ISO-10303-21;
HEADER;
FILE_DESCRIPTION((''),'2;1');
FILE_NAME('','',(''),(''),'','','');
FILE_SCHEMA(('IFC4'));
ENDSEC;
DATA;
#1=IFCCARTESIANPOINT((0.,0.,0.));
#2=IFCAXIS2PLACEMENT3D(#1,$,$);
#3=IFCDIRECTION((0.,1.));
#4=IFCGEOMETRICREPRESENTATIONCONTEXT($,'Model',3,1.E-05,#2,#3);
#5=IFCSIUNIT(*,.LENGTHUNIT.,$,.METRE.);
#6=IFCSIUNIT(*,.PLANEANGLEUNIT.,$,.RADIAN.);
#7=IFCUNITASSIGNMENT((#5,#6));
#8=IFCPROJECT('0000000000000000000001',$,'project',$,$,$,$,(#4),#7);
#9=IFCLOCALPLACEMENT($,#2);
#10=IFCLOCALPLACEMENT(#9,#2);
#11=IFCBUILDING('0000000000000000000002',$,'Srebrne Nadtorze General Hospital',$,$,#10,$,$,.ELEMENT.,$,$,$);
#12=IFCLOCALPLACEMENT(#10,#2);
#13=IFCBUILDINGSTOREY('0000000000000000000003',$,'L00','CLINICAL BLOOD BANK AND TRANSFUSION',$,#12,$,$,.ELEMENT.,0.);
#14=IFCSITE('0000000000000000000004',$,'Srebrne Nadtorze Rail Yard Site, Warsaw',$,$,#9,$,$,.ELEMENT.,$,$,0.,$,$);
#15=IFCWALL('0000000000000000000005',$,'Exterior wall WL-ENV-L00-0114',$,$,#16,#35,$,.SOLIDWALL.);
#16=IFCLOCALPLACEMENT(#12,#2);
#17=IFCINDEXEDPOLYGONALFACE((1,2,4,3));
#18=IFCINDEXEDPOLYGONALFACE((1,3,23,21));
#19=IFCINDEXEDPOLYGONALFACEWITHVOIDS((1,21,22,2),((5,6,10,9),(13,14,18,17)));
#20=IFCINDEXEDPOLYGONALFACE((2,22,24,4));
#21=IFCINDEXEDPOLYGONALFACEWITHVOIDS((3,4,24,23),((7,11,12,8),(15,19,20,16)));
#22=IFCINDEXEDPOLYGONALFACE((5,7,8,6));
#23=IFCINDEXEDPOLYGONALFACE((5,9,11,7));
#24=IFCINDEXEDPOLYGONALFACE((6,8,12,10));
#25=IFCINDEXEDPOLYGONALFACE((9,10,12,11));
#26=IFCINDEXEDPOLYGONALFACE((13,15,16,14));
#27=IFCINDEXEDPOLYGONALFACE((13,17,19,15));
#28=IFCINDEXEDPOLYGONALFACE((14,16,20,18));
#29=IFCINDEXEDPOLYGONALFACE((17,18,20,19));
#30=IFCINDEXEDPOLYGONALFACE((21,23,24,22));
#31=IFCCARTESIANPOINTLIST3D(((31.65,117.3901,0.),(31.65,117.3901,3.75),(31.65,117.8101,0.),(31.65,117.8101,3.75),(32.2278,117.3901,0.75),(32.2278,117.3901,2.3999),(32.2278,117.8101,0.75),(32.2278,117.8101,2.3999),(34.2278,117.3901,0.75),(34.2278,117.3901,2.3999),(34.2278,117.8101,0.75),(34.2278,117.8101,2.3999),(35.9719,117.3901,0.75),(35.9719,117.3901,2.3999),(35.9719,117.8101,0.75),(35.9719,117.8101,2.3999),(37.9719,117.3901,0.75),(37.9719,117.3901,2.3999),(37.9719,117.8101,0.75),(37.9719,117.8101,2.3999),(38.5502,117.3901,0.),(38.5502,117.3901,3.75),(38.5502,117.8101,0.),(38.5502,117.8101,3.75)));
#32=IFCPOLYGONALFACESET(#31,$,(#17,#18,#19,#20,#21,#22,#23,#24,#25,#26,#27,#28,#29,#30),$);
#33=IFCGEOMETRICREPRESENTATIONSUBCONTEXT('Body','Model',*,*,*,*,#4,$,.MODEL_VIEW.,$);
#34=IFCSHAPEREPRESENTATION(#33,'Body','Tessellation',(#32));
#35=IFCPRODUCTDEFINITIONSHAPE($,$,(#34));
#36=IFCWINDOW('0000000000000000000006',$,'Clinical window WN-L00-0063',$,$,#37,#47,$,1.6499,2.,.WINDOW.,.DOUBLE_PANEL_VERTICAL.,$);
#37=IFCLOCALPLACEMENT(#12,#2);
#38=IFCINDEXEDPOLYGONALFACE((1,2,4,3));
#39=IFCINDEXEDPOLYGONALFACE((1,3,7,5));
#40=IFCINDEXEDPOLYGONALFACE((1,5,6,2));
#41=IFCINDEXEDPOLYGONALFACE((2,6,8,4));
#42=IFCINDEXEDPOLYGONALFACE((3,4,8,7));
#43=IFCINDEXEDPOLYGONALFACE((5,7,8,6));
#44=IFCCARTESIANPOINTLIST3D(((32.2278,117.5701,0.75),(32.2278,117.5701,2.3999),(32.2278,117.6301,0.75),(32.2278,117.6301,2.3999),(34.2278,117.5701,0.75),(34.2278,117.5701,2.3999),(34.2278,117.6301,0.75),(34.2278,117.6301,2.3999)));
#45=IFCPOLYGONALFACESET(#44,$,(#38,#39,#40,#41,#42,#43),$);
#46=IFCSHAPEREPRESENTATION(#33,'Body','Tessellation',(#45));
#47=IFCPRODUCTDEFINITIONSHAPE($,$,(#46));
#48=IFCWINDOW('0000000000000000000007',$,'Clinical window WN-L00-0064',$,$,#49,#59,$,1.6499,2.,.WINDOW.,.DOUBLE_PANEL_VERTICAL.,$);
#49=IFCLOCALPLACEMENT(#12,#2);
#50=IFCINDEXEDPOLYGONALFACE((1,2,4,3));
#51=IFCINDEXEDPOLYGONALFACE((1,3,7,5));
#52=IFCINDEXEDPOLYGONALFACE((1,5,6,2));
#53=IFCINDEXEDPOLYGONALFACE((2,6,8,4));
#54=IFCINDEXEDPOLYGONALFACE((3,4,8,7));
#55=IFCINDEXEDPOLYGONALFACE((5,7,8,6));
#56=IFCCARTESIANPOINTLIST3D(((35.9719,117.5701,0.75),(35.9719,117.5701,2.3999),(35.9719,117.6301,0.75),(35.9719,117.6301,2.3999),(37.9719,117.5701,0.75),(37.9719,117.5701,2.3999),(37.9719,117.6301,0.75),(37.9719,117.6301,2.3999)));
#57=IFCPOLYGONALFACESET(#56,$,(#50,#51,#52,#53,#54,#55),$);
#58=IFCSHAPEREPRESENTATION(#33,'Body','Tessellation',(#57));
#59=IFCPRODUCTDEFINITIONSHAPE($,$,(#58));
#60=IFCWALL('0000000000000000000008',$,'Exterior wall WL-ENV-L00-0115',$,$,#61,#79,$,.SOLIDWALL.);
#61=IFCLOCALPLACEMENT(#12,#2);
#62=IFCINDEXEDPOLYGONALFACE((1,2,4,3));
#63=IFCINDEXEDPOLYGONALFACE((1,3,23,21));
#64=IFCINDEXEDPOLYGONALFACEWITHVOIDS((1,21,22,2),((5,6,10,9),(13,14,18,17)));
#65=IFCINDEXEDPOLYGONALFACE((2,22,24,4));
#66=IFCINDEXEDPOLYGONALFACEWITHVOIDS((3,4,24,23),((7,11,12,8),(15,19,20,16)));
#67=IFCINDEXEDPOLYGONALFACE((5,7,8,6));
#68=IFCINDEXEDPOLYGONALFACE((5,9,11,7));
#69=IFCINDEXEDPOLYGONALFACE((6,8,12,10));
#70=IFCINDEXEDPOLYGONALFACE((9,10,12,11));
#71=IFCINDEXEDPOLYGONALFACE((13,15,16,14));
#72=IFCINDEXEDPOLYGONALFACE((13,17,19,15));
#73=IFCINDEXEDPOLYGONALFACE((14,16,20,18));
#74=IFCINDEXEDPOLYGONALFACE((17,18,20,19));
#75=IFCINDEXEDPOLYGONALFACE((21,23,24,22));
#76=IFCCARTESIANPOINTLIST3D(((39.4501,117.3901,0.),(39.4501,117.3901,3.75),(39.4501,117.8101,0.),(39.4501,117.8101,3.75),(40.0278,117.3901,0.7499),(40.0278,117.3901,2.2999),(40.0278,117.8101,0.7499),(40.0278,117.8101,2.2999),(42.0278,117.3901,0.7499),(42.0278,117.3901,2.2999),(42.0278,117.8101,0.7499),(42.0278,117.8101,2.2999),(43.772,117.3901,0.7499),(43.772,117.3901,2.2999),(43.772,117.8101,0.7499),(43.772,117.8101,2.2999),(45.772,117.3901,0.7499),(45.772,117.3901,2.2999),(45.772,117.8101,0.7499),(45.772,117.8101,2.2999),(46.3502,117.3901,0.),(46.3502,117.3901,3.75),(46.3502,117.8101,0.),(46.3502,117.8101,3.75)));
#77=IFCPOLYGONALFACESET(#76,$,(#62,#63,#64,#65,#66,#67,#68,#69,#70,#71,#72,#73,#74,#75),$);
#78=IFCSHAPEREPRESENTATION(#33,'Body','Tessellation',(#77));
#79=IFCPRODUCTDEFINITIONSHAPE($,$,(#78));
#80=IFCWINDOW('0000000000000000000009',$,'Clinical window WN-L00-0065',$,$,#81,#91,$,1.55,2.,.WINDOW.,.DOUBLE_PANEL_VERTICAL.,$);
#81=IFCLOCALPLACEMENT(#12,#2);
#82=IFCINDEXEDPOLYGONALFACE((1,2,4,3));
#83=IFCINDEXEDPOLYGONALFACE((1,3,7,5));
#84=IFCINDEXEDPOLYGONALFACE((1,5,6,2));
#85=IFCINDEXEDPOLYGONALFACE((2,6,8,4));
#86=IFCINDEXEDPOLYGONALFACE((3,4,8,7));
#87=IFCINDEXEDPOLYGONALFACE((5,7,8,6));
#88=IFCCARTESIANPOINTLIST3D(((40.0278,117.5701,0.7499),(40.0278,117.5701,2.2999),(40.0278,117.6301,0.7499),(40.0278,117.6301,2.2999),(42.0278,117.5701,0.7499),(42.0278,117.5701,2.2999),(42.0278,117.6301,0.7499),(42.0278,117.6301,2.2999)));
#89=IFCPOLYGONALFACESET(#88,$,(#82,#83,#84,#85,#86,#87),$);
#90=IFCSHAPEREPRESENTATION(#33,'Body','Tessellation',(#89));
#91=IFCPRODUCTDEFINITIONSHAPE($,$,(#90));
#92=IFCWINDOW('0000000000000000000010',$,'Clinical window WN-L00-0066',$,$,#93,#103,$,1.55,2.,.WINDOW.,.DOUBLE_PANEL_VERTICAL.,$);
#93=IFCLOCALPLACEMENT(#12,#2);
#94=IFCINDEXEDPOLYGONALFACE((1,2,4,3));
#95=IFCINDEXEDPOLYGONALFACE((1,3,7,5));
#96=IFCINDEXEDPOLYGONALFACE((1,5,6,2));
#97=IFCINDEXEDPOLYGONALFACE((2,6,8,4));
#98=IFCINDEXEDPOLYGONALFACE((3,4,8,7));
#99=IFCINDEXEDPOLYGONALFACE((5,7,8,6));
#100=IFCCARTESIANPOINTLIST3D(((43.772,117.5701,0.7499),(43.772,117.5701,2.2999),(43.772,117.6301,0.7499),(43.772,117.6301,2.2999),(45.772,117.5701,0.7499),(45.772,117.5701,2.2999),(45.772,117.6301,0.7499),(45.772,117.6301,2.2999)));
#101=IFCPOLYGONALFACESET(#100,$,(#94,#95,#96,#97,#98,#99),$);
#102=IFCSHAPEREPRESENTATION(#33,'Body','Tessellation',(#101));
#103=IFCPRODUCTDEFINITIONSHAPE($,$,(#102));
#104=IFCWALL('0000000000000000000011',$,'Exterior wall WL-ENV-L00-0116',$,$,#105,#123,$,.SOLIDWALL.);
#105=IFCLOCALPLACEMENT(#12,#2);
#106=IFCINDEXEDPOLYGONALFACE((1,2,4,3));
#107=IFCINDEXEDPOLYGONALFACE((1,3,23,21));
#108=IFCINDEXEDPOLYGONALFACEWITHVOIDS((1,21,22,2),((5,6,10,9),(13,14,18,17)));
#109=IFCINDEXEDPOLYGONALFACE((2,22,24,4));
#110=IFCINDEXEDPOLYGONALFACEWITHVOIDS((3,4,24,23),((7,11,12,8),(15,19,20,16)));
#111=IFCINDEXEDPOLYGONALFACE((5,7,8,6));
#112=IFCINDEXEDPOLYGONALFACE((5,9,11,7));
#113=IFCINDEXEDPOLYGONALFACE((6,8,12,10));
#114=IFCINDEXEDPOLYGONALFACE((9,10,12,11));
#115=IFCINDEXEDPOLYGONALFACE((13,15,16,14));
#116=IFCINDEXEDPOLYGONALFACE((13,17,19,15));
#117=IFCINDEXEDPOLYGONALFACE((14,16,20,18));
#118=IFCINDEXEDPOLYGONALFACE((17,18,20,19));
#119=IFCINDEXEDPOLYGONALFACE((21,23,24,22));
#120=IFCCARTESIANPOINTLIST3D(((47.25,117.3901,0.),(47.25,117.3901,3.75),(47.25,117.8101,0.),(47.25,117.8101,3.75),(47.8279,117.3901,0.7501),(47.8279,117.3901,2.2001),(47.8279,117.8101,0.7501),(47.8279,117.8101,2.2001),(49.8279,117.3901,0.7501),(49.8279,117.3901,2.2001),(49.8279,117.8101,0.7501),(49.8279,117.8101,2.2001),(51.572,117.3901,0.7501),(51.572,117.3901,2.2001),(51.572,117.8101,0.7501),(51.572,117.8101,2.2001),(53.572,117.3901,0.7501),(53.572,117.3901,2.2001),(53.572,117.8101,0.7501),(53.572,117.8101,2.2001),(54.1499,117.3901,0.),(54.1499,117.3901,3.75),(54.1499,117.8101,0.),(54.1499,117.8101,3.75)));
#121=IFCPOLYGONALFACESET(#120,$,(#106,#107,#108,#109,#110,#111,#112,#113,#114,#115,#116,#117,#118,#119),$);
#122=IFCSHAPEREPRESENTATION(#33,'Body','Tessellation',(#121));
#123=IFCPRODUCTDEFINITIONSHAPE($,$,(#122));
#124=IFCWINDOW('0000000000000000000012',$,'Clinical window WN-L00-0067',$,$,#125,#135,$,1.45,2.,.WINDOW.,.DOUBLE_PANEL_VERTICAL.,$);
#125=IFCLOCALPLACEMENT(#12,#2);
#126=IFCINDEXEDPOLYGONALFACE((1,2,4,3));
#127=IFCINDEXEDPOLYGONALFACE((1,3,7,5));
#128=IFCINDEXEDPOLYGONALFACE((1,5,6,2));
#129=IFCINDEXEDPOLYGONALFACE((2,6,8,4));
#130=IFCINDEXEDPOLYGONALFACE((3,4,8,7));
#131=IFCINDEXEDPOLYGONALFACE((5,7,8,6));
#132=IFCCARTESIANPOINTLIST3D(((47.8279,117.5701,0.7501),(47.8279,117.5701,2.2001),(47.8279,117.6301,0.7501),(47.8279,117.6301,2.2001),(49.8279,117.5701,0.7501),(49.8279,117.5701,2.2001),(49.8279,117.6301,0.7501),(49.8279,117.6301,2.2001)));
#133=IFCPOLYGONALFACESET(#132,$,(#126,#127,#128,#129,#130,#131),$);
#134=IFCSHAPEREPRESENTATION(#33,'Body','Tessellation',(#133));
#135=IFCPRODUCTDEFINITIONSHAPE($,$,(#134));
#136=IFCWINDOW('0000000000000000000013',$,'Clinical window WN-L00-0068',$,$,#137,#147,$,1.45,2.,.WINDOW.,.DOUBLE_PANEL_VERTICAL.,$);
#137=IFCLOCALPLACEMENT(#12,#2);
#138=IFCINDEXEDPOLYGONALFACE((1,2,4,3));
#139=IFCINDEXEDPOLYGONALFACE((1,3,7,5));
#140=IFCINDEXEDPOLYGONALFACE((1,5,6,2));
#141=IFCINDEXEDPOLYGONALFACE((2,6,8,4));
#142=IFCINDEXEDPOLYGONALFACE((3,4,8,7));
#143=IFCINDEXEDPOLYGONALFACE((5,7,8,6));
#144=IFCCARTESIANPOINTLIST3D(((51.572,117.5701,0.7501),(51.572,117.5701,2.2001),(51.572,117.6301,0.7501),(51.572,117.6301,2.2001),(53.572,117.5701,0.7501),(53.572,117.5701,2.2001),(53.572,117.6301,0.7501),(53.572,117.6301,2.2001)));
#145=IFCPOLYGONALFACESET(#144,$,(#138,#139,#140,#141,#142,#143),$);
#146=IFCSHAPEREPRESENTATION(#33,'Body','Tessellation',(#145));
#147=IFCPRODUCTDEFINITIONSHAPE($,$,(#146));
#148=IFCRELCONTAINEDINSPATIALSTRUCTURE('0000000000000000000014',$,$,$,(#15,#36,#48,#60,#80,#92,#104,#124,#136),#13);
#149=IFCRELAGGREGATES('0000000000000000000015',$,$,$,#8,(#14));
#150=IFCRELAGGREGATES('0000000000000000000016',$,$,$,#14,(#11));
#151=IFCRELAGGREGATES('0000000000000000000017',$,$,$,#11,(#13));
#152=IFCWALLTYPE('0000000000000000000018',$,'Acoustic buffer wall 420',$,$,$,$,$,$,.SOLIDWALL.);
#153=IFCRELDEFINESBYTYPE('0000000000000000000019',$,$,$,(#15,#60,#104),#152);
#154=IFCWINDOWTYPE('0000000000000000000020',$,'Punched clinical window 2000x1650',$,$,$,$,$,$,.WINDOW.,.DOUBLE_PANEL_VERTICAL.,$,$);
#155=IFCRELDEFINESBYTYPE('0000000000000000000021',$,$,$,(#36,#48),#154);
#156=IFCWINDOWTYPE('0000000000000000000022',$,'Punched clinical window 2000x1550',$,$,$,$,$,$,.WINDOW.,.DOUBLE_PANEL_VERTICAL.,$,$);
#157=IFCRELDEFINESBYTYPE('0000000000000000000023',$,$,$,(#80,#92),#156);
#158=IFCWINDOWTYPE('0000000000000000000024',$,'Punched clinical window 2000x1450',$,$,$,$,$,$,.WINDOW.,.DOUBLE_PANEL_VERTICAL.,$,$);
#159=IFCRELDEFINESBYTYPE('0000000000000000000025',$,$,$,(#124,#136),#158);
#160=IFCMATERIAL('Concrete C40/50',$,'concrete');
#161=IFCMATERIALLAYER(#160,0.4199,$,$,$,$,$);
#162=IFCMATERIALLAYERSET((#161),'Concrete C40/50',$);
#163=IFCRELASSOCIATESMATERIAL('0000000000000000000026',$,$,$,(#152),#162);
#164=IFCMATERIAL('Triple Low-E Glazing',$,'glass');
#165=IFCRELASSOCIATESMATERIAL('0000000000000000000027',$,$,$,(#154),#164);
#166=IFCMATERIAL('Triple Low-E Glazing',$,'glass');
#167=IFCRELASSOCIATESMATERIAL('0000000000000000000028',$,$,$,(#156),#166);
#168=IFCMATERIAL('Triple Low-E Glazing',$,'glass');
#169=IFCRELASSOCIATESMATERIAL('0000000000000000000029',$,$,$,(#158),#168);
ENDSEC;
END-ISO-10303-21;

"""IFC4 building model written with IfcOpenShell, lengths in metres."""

from ifc_helpers import new_model, si_unit, direction, frame, frame_2d, origin, place, context, subcontext, project, spatial, rectangle, extrude, material, layer, layer_set, type_object, element, fill, save


model = new_model("IFC4")

# Units and contexts
model_context = context("Model", 3, precision=1e-05, world=origin(), true_north=direction((0.0, 1.0)))
body_context = subcontext(model_context, "Body", "Model", "MODEL_VIEW")
ifc_project = project(units=[si_unit("LENGTHUNIT", "METRE"), si_unit("PLANEANGLEUNIT", "RADIAN")], contexts=[model_context])

# Site, building, storey
site_placement = place(None, origin())
site = spatial("IfcSite", under=ifc_project, at=site_placement, Name="Srebrne Nadtorze Rail Yard Site, Warsaw", CompositionType="ELEMENT", RefElevation=0.0)
building_placement = place(site_placement, origin())
building = spatial("IfcBuilding", under=site, at=building_placement, Name="Srebrne Nadtorze General Hospital", CompositionType="ELEMENT")
storey_placement = place(building_placement, origin())
storey = spatial("IfcBuildingStorey", under=building, at=storey_placement, Name="L00", Description="CLINICAL BLOOD BANK AND TRANSFUSION", CompositionType="ELEMENT", Elevation=0.0)

# Walls, openings, windows
ifc_material_1 = material(Name="Concrete C40/50", Category="concrete")
ifc_layer_1 = layer(ifc_material_1, 0.4199)
ifc_layer_set_1 = layer_set([ifc_layer_1], Name="Concrete C40/50")
wall_type_1 = type_object("IfcWallType", Name="Acoustic buffer wall 420", PredefinedType="SOLIDWALL", material=ifc_layer_set_1)
wall_1_placement = place(storey_placement, frame((31.6499, 117.6001, 0.0), z_axis=(0.0, 0.0, 1.0), x_axis=(1.0, 0.0, 0.0)))
wall_1 = element("IfcWall", 1, at=wall_1_placement, inside=storey, type_object=wall_type_1, Name="Exterior wall WL-ENV-L00-0114", PredefinedType="SOLIDWALL", context=body_context, shape_type="SweptSolid", body=[
    extrude(rectangle(XDim=6.9001, YDim=0.4199, at=frame_2d((3.4502, 0.0))), origin(), (0.0, 0.0, 1.0), 3.75),
])
opening_1_placement = place(wall_1_placement, frame((0.5779, 0.0, 0.75)))
opening_1 = element("IfcOpeningElement", 2, at=opening_1_placement, cuts=wall_1, PredefinedType="OPENING", context=body_context, shape_type="SweptSolid", body=[
    extrude(rectangle(XDim=2.0, YDim=1.6499, at=frame_2d((1.0, 0.825))), frame((0.0, 0.2219, 0.0), z_axis=(0.0, -1.0, 0.0), x_axis=(1.0, 0.0, 0.0)), (0.0, 0.0, 1.0), 0.4438),
])
opening_2_placement = place(wall_1_placement, frame((4.322, 0.0, 0.75)))
opening_2 = element("IfcOpeningElement", 3, at=opening_2_placement, cuts=wall_1, PredefinedType="OPENING", context=body_context, shape_type="SweptSolid", body=[
    extrude(rectangle(XDim=2.0, YDim=1.6499, at=frame_2d((1.0, 0.825))), frame((0.0, 0.2219, 0.0), z_axis=(0.0, -1.0, 0.0), x_axis=(1.0, 0.0, 0.0)), (0.0, 0.0, 1.0), 0.4438),
])
ifc_material_2 = material(Name="Triple Low-E Glazing", Category="glass")
window_type_1 = type_object("IfcWindowType", Name="Punched clinical window 2000x1650", PartitioningType="DOUBLE_PANEL_VERTICAL", PredefinedType="WINDOW", material=ifc_material_2)
window_1_placement = place(opening_1_placement, origin())
window_1 = element("IfcWindow", 4, at=window_1_placement, inside=storey, type_object=window_type_1, Name="Clinical window WN-L00-0063", OverallHeight=1.6499, OverallWidth=2.0, PartitioningType="DOUBLE_PANEL_VERTICAL", PredefinedType="WINDOW", context=body_context, shape_type="SweptSolid", body=[
    extrude(rectangle(XDim=2.0, YDim=1.6499, at=frame_2d((1.0, 0.825))), frame((0.0, 0.03, 0.0), z_axis=(0.0, -1.0, 0.0), x_axis=(1.0, 0.0, 0.0)), (0.0, 0.0, 1.0), 0.0601),
])
fill(opening_1, window_1)
window_2_placement = place(opening_2_placement, origin())
window_2 = element("IfcWindow", 5, at=window_2_placement, inside=storey, type_object=window_type_1, Name="Clinical window WN-L00-0064", OverallHeight=1.6499, OverallWidth=2.0, PartitioningType="DOUBLE_PANEL_VERTICAL", PredefinedType="WINDOW", context=body_context, shape_type="SweptSolid", body=[
    extrude(rectangle(XDim=2.0, YDim=1.6499, at=frame_2d((1.0, 0.825))), frame((0.0, 0.03, 0.0), z_axis=(0.0, -1.0, 0.0), x_axis=(1.0, 0.0, 0.0)), (0.0, 0.0, 1.0), 0.0601),
])
fill(opening_2, window_2)
wall_2_placement = place(storey_placement, frame((39.45, 117.6001, 0.0), z_axis=(0.0, 0.0, 1.0), x_axis=(1.0, 0.0, 0.0)))
wall_2 = element("IfcWall", 6, at=wall_2_placement, inside=storey, type_object=wall_type_1, Name="Exterior wall WL-ENV-L00-0115", PredefinedType="SOLIDWALL", context=body_context, shape_type="SweptSolid", body=[
    extrude(rectangle(XDim=6.9001, YDim=0.4199, at=frame_2d((3.4502, 0.0))), origin(), (0.0, 0.0, 1.0), 3.75),
])
opening_3_placement = place(wall_2_placement, frame((0.5779, 0.0, 0.75)))
opening_3 = element("IfcOpeningElement", 7, at=opening_3_placement, cuts=wall_2, PredefinedType="OPENING", context=body_context, shape_type="SweptSolid", body=[
    extrude(rectangle(XDim=2.0, YDim=1.55, at=frame_2d((1.0, 0.7749))), frame((0.0, 0.2219, 0.0), z_axis=(0.0, -1.0, 0.0), x_axis=(1.0, 0.0, 0.0)), (0.0, 0.0, 1.0), 0.4438),
])
opening_4_placement = place(wall_2_placement, frame((4.322, 0.0, 0.75)))
opening_4 = element("IfcOpeningElement", 8, at=opening_4_placement, cuts=wall_2, PredefinedType="OPENING", context=body_context, shape_type="SweptSolid", body=[
    extrude(rectangle(XDim=2.0, YDim=1.55, at=frame_2d((1.0, 0.7749))), frame((0.0, 0.2219, 0.0), z_axis=(0.0, -1.0, 0.0), x_axis=(1.0, 0.0, 0.0)), (0.0, 0.0, 1.0), 0.4438),
])
ifc_material_3 = material(Name="Triple Low-E Glazing", Category="glass")
window_type_2 = type_object("IfcWindowType", Name="Punched clinical window 2000x1550", PartitioningType="DOUBLE_PANEL_VERTICAL", PredefinedType="WINDOW", material=ifc_material_3)
window_3_placement = place(opening_3_placement, origin())
window_3 = element("IfcWindow", 9, at=window_3_placement, inside=storey, type_object=window_type_2, Name="Clinical window WN-L00-0065", OverallHeight=1.55, OverallWidth=2.0, PartitioningType="DOUBLE_PANEL_VERTICAL", PredefinedType="WINDOW", context=body_context, shape_type="SweptSolid", body=[
    extrude(rectangle(XDim=2.0, YDim=1.55, at=frame_2d((1.0, 0.7749))), frame((0.0, 0.03, 0.0), z_axis=(0.0, -1.0, 0.0), x_axis=(1.0, 0.0, 0.0)), (0.0, 0.0, 1.0), 0.0601),
])
fill(opening_3, window_3)
window_4_placement = place(opening_4_placement, origin())
window_4 = element("IfcWindow", 10, at=window_4_placement, inside=storey, type_object=window_type_2, Name="Clinical window WN-L00-0066", OverallHeight=1.55, OverallWidth=2.0, PartitioningType="DOUBLE_PANEL_VERTICAL", PredefinedType="WINDOW", context=body_context, shape_type="SweptSolid", body=[
    extrude(rectangle(XDim=2.0, YDim=1.55, at=frame_2d((1.0, 0.7749))), frame((0.0, 0.03, 0.0), z_axis=(0.0, -1.0, 0.0), x_axis=(1.0, 0.0, 0.0)), (0.0, 0.0, 1.0), 0.0601),
])
fill(opening_4, window_4)
wall_3_placement = place(storey_placement, frame((47.25, 117.6001, 0.0), z_axis=(0.0, 0.0, 1.0), x_axis=(1.0, 0.0, 0.0)))
wall_3 = element("IfcWall", 11, at=wall_3_placement, inside=storey, type_object=wall_type_1, Name="Exterior wall WL-ENV-L00-0116", PredefinedType="SOLIDWALL", context=body_context, shape_type="SweptSolid", body=[
    extrude(rectangle(XDim=6.8999, YDim=0.4199, at=frame_2d((3.45, 0.0))), origin(), (0.0, 0.0, 1.0), 3.75),
])
opening_5_placement = place(wall_3_placement, frame((0.5779, 0.0, 0.75)))
opening_5 = element("IfcOpeningElement", 12, at=opening_5_placement, cuts=wall_3, PredefinedType="OPENING", context=body_context, shape_type="SweptSolid", body=[
    extrude(rectangle(XDim=2.0, YDim=1.45, at=frame_2d((1.0, 0.7251))), frame((0.0, 0.2219, 0.0), z_axis=(0.0, -1.0, 0.0), x_axis=(1.0, 0.0, 0.0)), (0.0, 0.0, 1.0), 0.4438),
])
opening_6_placement = place(wall_3_placement, frame((4.322, 0.0, 0.75)))
opening_6 = element("IfcOpeningElement", 13, at=opening_6_placement, cuts=wall_3, PredefinedType="OPENING", context=body_context, shape_type="SweptSolid", body=[
    extrude(rectangle(XDim=2.0, YDim=1.45, at=frame_2d((1.0, 0.7251))), frame((0.0, 0.2219, 0.0), z_axis=(0.0, -1.0, 0.0), x_axis=(1.0, 0.0, 0.0)), (0.0, 0.0, 1.0), 0.4438),
])
ifc_material_4 = material(Name="Triple Low-E Glazing", Category="glass")
window_type_3 = type_object("IfcWindowType", Name="Punched clinical window 2000x1450", PartitioningType="DOUBLE_PANEL_VERTICAL", PredefinedType="WINDOW", material=ifc_material_4)
window_5_placement = place(opening_5_placement, origin())
window_5 = element("IfcWindow", 14, at=window_5_placement, inside=storey, type_object=window_type_3, Name="Clinical window WN-L00-0067", OverallHeight=1.45, OverallWidth=2.0, PartitioningType="DOUBLE_PANEL_VERTICAL", PredefinedType="WINDOW", context=body_context, shape_type="SweptSolid", body=[
    extrude(rectangle(XDim=2.0, YDim=1.45, at=frame_2d((1.0, 0.7251))), frame((0.0, 0.03, 0.0), z_axis=(0.0, -1.0, 0.0), x_axis=(1.0, 0.0, 0.0)), (0.0, 0.0, 1.0), 0.0601),
])
fill(opening_5, window_5)
window_6_placement = place(opening_6_placement, origin())
window_6 = element("IfcWindow", 15, at=window_6_placement, inside=storey, type_object=window_type_3, Name="Clinical window WN-L00-0068", OverallHeight=1.45, OverallWidth=2.0, PartitioningType="DOUBLE_PANEL_VERTICAL", PredefinedType="WINDOW", context=body_context, shape_type="SweptSolid", body=[
    extrude(rectangle(XDim=2.0, YDim=1.45, at=frame_2d((1.0, 0.7251))), frame((0.0, 0.03, 0.0), z_axis=(0.0, -1.0, 0.0), x_axis=(1.0, 0.0, 0.0)), (0.0, 0.0, 1.0), 0.0601),
])
fill(opening_6, window_6)

save(model, "model.ifc")
